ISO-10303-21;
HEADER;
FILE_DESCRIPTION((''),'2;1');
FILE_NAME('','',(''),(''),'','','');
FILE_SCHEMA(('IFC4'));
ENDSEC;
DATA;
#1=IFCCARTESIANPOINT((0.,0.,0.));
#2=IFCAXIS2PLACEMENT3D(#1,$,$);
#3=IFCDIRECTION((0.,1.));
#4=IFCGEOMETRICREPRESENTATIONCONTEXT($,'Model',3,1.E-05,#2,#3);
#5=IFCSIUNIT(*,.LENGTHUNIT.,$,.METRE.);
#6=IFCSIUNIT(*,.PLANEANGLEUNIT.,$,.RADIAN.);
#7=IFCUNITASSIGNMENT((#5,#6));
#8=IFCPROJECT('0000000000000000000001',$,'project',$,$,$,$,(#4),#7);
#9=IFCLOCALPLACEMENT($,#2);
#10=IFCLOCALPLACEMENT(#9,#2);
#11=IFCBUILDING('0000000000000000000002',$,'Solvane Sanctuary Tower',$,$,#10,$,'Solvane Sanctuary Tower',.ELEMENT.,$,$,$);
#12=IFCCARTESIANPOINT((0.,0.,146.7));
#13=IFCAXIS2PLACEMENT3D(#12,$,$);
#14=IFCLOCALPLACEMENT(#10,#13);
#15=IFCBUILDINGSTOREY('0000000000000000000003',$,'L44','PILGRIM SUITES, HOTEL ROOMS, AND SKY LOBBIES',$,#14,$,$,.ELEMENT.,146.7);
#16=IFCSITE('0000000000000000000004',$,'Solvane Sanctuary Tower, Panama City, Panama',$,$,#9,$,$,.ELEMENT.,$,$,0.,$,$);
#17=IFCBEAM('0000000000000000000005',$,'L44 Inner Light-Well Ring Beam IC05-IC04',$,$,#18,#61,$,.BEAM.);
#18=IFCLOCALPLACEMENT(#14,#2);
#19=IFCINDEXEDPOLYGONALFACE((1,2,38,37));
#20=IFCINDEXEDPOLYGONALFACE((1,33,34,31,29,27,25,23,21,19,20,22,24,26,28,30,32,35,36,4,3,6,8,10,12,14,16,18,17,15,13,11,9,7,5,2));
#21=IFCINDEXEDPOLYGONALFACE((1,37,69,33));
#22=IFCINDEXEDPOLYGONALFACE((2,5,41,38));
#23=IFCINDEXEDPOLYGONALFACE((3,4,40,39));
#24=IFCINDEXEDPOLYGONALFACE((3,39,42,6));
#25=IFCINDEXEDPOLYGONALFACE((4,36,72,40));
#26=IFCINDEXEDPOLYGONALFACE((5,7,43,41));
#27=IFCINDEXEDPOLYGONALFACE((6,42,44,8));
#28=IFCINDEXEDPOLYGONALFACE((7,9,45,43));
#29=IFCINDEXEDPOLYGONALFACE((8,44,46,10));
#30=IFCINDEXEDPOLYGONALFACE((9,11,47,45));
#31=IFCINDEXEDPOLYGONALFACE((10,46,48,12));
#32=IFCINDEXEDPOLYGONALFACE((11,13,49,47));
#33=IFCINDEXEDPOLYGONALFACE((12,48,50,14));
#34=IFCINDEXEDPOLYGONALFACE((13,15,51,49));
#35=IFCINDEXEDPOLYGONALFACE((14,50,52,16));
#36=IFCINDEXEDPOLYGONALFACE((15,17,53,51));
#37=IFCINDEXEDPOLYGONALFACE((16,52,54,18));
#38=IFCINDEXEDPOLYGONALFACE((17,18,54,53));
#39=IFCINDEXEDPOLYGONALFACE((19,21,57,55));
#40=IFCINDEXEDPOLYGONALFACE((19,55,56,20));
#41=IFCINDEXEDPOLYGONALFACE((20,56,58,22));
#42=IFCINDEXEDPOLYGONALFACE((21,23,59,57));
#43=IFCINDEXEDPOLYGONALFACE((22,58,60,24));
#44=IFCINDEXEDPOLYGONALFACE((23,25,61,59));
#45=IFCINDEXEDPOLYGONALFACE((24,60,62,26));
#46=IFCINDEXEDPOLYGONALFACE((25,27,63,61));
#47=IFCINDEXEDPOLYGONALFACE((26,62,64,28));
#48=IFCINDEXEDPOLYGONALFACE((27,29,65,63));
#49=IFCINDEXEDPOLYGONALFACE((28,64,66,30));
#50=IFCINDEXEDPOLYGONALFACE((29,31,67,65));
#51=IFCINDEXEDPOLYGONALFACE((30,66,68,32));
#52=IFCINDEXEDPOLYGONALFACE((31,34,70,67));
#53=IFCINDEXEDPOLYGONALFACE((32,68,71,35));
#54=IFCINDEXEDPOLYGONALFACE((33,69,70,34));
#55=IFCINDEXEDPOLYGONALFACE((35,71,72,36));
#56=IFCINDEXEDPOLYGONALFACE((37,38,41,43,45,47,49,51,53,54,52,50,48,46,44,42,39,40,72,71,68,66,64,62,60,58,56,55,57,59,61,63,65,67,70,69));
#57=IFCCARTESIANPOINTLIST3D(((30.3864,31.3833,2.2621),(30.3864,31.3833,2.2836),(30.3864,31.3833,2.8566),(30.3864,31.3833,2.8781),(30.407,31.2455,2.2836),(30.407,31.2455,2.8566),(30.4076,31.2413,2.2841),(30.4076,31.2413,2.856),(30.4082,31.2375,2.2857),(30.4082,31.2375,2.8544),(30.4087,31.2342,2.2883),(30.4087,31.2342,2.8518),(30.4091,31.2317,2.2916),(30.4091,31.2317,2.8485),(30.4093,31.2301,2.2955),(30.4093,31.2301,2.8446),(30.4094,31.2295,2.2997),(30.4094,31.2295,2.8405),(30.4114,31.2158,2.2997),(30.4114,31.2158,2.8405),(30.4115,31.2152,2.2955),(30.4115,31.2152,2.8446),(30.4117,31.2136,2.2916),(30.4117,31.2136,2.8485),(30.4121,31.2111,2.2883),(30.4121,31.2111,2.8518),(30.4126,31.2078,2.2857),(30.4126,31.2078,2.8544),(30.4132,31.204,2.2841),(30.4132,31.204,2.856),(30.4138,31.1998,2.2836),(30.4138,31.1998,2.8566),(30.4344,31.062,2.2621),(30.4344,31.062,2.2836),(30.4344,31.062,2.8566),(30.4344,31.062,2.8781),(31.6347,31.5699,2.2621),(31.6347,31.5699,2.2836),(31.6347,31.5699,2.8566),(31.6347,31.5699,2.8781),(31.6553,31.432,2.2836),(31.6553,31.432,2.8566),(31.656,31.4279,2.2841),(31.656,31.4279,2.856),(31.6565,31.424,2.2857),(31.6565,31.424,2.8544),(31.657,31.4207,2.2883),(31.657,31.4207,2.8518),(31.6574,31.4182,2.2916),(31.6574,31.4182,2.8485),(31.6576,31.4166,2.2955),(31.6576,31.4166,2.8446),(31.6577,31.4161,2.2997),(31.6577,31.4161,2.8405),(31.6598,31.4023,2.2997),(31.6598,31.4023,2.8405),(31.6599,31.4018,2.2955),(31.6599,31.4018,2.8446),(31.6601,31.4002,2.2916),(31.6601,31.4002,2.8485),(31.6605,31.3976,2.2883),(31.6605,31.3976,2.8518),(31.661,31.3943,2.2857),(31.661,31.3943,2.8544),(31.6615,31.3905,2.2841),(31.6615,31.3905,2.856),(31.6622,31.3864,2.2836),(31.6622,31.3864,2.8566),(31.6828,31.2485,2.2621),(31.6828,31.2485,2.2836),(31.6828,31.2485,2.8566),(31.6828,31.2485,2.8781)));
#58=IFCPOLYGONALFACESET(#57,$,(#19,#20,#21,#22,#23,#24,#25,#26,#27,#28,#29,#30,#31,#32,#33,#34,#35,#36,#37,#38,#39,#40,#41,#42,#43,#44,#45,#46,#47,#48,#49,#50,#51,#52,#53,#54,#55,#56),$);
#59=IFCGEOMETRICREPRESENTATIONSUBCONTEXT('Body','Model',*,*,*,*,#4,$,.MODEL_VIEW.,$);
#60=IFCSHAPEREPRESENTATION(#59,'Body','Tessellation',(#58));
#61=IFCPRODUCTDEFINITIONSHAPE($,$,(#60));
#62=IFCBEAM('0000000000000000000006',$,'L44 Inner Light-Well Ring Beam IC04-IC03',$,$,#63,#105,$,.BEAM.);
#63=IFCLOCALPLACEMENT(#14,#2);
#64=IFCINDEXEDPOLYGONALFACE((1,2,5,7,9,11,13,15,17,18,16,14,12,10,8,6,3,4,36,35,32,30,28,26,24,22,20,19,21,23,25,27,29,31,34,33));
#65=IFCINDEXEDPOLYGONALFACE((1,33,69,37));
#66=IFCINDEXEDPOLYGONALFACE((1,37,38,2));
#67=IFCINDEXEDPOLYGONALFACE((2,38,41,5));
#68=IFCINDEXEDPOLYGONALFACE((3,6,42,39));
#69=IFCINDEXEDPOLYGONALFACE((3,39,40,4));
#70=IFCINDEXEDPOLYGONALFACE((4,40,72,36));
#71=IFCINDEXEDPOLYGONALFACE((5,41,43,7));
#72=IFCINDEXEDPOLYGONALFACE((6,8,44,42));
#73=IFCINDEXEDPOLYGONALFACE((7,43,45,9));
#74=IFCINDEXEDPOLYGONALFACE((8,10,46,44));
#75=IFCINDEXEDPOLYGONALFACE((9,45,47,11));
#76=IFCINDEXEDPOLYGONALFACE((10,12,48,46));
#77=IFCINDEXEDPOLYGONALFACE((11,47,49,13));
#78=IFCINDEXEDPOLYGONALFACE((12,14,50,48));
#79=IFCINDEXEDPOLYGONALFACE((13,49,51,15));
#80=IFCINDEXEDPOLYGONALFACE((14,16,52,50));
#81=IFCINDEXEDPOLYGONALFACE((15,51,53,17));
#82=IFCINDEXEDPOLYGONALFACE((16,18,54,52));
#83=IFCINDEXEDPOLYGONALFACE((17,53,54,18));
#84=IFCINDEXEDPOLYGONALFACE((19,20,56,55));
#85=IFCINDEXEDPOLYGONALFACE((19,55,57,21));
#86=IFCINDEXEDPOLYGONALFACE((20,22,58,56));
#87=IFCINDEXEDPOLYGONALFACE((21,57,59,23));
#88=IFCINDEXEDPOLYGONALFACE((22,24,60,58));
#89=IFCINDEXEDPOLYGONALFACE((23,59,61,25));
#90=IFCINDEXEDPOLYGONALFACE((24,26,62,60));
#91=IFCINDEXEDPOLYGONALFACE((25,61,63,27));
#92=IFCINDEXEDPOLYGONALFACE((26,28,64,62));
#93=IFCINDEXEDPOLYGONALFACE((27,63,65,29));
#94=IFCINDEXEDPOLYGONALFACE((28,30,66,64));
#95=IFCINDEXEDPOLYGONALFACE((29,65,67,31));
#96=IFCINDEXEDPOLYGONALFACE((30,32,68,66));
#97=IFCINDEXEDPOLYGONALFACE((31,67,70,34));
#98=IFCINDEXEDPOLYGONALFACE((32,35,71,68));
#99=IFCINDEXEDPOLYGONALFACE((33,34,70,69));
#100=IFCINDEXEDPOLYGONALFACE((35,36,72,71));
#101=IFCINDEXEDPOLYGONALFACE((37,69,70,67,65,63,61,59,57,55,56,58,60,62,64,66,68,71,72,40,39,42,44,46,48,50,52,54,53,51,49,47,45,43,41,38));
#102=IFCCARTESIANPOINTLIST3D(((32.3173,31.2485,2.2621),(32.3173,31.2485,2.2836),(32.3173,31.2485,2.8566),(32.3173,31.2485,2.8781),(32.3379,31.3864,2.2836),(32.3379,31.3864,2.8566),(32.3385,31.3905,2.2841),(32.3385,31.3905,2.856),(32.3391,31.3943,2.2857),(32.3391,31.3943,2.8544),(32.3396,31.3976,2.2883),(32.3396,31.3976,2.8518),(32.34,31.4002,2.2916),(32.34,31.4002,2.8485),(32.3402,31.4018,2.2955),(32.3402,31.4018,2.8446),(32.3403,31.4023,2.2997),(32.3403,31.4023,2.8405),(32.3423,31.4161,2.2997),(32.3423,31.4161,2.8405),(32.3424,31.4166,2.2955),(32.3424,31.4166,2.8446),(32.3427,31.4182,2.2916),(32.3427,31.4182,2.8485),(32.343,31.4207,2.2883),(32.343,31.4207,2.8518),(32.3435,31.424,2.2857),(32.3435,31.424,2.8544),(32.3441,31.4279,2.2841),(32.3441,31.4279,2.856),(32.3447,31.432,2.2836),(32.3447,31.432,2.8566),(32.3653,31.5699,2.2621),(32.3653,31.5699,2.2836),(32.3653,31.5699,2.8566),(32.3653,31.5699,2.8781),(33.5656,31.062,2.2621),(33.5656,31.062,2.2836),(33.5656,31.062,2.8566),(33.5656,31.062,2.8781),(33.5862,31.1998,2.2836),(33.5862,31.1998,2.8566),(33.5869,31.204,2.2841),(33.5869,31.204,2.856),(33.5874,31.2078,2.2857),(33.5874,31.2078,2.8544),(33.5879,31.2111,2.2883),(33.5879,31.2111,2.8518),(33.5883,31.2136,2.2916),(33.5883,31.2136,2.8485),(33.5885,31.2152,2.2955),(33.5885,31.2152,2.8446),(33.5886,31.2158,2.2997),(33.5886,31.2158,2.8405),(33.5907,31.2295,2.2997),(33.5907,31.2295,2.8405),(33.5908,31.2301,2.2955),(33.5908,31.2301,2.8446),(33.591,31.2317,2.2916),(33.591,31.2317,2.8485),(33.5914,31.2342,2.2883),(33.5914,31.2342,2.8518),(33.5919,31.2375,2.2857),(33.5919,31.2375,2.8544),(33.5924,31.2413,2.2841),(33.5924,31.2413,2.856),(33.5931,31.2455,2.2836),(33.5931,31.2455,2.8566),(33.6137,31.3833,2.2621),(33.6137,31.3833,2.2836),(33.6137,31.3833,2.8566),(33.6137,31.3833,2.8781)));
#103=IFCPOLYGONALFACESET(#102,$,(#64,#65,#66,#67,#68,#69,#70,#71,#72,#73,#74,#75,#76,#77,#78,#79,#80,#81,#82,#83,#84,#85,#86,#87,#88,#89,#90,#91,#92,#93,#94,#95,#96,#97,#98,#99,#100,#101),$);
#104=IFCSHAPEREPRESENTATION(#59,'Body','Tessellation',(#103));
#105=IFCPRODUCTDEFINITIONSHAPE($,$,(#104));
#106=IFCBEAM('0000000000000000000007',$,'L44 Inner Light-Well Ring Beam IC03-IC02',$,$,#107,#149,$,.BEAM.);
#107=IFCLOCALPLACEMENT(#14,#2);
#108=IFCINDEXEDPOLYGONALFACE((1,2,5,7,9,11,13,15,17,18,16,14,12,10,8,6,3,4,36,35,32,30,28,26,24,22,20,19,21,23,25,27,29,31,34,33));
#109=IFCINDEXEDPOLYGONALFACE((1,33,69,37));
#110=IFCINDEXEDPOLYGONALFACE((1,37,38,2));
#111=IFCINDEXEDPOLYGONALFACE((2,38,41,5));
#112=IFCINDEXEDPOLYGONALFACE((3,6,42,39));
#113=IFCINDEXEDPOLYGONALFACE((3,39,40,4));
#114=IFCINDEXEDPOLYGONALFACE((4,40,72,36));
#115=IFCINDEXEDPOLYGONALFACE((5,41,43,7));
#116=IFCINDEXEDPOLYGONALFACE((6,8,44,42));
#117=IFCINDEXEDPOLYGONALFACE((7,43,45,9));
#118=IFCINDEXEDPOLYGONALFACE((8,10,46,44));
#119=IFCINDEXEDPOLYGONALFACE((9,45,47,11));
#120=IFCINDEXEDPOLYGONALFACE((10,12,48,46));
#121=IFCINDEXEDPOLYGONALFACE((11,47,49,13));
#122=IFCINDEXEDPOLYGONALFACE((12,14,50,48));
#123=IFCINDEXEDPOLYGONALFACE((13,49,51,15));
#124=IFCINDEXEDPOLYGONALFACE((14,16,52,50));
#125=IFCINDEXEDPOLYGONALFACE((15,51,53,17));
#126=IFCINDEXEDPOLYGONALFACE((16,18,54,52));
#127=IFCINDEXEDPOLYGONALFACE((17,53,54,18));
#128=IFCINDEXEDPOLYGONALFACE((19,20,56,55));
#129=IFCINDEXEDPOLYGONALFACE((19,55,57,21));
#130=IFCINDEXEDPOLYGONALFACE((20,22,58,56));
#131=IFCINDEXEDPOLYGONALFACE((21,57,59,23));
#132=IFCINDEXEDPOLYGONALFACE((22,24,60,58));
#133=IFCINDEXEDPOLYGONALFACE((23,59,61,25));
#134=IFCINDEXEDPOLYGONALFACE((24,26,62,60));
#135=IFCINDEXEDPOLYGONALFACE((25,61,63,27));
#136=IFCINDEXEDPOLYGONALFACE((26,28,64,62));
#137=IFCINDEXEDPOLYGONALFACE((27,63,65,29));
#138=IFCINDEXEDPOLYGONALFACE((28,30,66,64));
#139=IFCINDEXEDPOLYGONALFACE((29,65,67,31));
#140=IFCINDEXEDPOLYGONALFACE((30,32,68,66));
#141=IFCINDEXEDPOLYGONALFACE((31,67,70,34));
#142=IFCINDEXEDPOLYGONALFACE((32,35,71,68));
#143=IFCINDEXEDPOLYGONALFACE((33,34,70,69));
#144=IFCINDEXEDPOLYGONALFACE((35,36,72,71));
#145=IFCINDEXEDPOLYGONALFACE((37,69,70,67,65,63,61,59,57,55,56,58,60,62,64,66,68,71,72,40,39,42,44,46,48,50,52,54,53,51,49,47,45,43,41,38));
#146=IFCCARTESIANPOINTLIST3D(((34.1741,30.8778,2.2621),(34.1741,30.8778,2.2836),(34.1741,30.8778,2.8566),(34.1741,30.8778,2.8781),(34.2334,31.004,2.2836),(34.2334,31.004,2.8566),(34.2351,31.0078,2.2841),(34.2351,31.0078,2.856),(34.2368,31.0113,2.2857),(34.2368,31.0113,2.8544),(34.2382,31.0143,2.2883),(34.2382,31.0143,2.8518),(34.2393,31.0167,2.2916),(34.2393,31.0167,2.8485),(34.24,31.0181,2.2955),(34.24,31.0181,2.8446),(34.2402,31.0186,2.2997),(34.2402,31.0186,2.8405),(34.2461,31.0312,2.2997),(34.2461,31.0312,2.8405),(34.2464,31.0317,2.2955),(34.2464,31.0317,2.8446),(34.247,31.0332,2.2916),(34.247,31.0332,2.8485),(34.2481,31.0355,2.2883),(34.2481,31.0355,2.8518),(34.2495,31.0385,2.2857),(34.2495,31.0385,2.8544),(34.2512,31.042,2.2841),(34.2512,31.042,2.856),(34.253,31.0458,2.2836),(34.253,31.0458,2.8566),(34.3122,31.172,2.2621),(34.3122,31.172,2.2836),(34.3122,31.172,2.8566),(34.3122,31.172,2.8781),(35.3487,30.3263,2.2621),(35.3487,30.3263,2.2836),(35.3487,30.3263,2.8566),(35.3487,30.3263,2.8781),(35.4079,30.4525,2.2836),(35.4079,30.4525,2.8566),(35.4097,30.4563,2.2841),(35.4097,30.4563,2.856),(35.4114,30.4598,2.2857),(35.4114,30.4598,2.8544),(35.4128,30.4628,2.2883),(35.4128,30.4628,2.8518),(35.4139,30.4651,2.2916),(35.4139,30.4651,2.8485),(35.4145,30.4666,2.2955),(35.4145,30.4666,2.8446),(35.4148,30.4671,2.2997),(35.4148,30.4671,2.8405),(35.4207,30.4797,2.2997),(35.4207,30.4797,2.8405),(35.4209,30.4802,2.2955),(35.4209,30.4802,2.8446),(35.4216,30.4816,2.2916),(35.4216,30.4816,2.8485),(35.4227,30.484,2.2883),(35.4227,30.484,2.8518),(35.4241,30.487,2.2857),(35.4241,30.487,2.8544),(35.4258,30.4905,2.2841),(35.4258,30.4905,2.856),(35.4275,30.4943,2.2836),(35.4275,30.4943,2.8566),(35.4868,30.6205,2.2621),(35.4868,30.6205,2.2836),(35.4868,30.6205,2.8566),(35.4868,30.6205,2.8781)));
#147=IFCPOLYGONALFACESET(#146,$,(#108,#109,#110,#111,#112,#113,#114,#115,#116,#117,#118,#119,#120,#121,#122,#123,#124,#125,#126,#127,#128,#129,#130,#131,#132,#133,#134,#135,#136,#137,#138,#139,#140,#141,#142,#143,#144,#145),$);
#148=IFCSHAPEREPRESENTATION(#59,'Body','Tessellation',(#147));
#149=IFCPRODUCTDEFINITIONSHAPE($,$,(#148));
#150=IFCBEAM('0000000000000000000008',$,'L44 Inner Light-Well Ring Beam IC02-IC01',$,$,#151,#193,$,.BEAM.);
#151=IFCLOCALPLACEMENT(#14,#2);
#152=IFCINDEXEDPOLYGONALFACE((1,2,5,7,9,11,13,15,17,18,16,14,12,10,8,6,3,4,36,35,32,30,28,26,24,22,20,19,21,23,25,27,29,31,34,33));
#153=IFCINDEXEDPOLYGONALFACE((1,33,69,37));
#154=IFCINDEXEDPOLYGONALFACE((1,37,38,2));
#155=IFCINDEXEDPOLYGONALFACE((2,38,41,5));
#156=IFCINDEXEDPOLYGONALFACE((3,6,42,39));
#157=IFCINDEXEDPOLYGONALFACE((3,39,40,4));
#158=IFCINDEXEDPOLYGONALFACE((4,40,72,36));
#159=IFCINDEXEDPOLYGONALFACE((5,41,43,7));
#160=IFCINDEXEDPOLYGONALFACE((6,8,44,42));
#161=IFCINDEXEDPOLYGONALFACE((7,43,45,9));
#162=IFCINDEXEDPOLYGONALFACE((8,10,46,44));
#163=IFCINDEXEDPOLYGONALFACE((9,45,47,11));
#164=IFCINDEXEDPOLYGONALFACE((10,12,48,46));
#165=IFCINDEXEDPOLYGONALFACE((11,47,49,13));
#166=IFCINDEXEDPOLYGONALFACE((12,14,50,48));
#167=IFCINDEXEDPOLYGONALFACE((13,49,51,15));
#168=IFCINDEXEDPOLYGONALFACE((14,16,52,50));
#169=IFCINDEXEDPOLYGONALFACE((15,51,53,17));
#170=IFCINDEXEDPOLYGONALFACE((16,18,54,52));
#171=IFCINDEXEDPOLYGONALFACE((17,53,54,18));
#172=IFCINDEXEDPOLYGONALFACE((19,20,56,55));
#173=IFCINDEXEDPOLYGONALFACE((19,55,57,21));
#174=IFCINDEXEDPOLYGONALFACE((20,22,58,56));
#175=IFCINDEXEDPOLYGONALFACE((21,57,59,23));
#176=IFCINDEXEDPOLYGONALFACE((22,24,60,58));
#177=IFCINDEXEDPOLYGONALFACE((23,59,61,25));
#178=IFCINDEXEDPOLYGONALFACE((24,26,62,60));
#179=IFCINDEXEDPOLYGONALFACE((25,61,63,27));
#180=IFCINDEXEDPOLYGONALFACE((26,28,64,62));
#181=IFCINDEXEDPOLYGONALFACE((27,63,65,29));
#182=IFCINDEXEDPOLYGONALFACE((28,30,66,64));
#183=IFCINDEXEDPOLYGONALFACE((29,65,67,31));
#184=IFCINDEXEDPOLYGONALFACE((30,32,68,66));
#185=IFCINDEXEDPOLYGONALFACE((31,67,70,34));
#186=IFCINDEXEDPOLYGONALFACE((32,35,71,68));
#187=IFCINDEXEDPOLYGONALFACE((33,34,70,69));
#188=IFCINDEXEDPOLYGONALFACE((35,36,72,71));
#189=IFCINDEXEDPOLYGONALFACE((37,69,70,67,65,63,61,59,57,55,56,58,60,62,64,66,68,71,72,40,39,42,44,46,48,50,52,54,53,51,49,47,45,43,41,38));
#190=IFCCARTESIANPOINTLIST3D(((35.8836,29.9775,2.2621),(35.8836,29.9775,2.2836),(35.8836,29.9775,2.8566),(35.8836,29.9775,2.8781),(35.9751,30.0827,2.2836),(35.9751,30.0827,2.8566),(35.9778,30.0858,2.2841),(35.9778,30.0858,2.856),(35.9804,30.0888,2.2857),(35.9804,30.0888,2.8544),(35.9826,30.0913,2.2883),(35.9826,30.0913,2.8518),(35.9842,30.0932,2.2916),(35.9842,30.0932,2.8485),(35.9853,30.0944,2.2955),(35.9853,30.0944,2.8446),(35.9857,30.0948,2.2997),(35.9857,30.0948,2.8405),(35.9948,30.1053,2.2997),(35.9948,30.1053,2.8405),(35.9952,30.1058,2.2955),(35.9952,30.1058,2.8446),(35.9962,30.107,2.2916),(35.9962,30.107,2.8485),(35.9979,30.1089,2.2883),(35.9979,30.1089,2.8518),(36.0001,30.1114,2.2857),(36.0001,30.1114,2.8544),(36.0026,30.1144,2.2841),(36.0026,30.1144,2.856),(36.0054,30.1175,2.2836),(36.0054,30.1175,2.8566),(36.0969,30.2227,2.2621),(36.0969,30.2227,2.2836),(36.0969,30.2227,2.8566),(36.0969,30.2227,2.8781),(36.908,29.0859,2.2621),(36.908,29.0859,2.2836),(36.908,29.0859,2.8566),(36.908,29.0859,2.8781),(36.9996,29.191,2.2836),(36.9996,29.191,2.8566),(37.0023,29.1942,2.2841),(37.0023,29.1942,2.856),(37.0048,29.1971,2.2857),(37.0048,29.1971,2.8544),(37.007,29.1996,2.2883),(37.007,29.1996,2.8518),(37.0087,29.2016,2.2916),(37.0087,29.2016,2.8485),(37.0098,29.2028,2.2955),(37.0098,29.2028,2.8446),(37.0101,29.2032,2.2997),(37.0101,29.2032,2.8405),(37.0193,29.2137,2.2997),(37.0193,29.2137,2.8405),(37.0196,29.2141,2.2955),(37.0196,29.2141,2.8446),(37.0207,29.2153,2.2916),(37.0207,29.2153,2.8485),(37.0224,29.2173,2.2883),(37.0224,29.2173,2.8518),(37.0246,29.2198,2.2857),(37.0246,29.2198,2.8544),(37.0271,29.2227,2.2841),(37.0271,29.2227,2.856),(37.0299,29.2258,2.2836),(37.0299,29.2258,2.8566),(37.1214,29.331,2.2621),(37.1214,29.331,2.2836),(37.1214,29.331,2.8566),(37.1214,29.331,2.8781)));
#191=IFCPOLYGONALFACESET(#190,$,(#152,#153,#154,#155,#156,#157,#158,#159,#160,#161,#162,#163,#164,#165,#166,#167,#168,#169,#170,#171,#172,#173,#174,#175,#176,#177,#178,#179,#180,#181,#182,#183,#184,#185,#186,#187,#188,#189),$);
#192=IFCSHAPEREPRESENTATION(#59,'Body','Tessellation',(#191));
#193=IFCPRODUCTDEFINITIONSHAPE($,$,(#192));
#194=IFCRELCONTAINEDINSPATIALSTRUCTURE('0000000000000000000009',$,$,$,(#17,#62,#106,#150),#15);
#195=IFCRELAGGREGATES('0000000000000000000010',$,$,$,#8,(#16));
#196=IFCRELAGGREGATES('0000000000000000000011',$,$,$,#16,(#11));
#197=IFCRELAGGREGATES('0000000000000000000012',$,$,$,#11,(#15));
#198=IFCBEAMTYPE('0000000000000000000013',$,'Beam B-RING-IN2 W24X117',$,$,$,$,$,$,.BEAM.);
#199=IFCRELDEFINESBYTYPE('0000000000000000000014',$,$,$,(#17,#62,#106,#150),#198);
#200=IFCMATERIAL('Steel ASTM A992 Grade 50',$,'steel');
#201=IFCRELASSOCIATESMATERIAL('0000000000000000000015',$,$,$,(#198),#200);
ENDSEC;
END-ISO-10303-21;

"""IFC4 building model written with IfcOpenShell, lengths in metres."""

from ifc_helpers import new_model, si_unit, direction, frame, origin, origin_2d, place, context, subcontext, project, spatial, i_section, extrude, material, material_profile, profile_set, type_object, element, save


model = new_model("IFC4")

# Units and contexts
model_context = context("Model", 3, precision=1e-05, world=origin(), true_north=direction((0.0, 1.0)))
body_context = subcontext(model_context, "Body", "Model", "MODEL_VIEW")
ifc_project = project(units=[si_unit("LENGTHUNIT", "METRE"), si_unit("PLANEANGLEUNIT", "RADIAN")], contexts=[model_context])

# Site, building, storey
site_placement = place(None, origin())
site = spatial("IfcSite", under=ifc_project, at=site_placement, Name="Solvane Sanctuary Tower, Panama City, Panama", CompositionType="ELEMENT", RefElevation=0.0)
building_placement = place(site_placement, origin())
building = spatial("IfcBuilding", under=site, at=building_placement, Name="Solvane Sanctuary Tower", LongName="Solvane Sanctuary Tower", CompositionType="ELEMENT")
storey_placement = place(building_placement, frame((0.0, 0.0, 146.7)))
storey = spatial("IfcBuildingStorey", under=building, at=storey_placement, Name="L44", Description="PILGRIM SUITES, HOTEL ROOMS, AND SKY LOBBIES", CompositionType="ELEMENT", Elevation=146.7)

# Beams
ifc_material_1 = material(Name="Steel ASTM A992 Grade 50", Category="steel")
ifc_material_profile_1 = material_profile(ifc_material_1, i_section(OverallWidth=0.325, OverallDepth=0.616, WebThickness=0.0139, FlangeThickness=0.0215, FilletRadius=0.0161, at=origin_2d()), Name="W24X117")
ifc_profile_set_1 = profile_set([ifc_material_profile_1], Name="Steel ASTM A992 Grade 50")
beam_type_1 = type_object("IfcBeamType", Name="Beam B-RING-IN2 W24X117", PredefinedType="BEAM", material=ifc_profile_set_1)
for number, where, z_axis, x_axis, name in (
    (1, (30.4104, 31.2227, 2.5701), (0.98902, 0.147782, 0.0), (-0.147782, 0.98902, 0.0), "L44 Inner Light-Well Ring Beam IC05-IC04"),
    (2, (32.3413, 31.4092, 2.5701), (0.98902, -0.147782, 0.0), (0.147782, 0.98902, 0.0), "L44 Inner Light-Well Ring Beam IC04-IC03"),
):
    element("IfcBeam", number, at=place(storey_placement, frame(where, z_axis=z_axis, x_axis=x_axis)), inside=storey, type_object=beam_type_1, Name=name, PredefinedType="BEAM", context=body_context, shape_type="SweptSolid", body=[
        extrude(i_section(OverallWidth=0.325, OverallDepth=0.616, WebThickness=0.0139, FlangeThickness=0.0215, FilletRadius=0.0161, at=origin_2d()), origin(), (0.0, 0.0, 1.0), 1.2622),
    ])
beam_1_placement = place(storey_placement, frame((34.2432, 31.0249, 2.5701), z_axis=(0.905181, -0.425027, 0.0), x_axis=(0.425027, 0.905181, 0.0)))
element("IfcBeam", 3, at=beam_1_placement, inside=storey, type_object=beam_type_1, Name="L44 Inner Light-Well Ring Beam IC03-IC02", PredefinedType="BEAM", context=body_context, shape_type="SweptSolid", body=[
    extrude(i_section(OverallWidth=0.325, OverallDepth=0.616, WebThickness=0.0139, FlangeThickness=0.0215, FilletRadius=0.0161, at=origin_2d()), origin(), (0.0, 0.0, 1.0), 1.2976),
])
beam_2_placement = place(storey_placement, frame((35.9902, 30.1001, 2.5701), z_axis=(0.754311, -0.656517, 0.0), x_axis=(0.656517, 0.754311, 0.0)))
element("IfcBeam", 4, at=beam_2_placement, inside=storey, type_object=beam_type_1, Name="L44 Inner Light-Well Ring Beam IC02-IC01", PredefinedType="BEAM", context=body_context, shape_type="SweptSolid", body=[
    extrude(i_section(OverallWidth=0.325, OverallDepth=0.616, WebThickness=0.0139, FlangeThickness=0.0215, FilletRadius=0.0161, at=origin_2d()), origin(), (0.0, 0.0, 1.0), 1.3582),
])

save(model, "model.ifc")
